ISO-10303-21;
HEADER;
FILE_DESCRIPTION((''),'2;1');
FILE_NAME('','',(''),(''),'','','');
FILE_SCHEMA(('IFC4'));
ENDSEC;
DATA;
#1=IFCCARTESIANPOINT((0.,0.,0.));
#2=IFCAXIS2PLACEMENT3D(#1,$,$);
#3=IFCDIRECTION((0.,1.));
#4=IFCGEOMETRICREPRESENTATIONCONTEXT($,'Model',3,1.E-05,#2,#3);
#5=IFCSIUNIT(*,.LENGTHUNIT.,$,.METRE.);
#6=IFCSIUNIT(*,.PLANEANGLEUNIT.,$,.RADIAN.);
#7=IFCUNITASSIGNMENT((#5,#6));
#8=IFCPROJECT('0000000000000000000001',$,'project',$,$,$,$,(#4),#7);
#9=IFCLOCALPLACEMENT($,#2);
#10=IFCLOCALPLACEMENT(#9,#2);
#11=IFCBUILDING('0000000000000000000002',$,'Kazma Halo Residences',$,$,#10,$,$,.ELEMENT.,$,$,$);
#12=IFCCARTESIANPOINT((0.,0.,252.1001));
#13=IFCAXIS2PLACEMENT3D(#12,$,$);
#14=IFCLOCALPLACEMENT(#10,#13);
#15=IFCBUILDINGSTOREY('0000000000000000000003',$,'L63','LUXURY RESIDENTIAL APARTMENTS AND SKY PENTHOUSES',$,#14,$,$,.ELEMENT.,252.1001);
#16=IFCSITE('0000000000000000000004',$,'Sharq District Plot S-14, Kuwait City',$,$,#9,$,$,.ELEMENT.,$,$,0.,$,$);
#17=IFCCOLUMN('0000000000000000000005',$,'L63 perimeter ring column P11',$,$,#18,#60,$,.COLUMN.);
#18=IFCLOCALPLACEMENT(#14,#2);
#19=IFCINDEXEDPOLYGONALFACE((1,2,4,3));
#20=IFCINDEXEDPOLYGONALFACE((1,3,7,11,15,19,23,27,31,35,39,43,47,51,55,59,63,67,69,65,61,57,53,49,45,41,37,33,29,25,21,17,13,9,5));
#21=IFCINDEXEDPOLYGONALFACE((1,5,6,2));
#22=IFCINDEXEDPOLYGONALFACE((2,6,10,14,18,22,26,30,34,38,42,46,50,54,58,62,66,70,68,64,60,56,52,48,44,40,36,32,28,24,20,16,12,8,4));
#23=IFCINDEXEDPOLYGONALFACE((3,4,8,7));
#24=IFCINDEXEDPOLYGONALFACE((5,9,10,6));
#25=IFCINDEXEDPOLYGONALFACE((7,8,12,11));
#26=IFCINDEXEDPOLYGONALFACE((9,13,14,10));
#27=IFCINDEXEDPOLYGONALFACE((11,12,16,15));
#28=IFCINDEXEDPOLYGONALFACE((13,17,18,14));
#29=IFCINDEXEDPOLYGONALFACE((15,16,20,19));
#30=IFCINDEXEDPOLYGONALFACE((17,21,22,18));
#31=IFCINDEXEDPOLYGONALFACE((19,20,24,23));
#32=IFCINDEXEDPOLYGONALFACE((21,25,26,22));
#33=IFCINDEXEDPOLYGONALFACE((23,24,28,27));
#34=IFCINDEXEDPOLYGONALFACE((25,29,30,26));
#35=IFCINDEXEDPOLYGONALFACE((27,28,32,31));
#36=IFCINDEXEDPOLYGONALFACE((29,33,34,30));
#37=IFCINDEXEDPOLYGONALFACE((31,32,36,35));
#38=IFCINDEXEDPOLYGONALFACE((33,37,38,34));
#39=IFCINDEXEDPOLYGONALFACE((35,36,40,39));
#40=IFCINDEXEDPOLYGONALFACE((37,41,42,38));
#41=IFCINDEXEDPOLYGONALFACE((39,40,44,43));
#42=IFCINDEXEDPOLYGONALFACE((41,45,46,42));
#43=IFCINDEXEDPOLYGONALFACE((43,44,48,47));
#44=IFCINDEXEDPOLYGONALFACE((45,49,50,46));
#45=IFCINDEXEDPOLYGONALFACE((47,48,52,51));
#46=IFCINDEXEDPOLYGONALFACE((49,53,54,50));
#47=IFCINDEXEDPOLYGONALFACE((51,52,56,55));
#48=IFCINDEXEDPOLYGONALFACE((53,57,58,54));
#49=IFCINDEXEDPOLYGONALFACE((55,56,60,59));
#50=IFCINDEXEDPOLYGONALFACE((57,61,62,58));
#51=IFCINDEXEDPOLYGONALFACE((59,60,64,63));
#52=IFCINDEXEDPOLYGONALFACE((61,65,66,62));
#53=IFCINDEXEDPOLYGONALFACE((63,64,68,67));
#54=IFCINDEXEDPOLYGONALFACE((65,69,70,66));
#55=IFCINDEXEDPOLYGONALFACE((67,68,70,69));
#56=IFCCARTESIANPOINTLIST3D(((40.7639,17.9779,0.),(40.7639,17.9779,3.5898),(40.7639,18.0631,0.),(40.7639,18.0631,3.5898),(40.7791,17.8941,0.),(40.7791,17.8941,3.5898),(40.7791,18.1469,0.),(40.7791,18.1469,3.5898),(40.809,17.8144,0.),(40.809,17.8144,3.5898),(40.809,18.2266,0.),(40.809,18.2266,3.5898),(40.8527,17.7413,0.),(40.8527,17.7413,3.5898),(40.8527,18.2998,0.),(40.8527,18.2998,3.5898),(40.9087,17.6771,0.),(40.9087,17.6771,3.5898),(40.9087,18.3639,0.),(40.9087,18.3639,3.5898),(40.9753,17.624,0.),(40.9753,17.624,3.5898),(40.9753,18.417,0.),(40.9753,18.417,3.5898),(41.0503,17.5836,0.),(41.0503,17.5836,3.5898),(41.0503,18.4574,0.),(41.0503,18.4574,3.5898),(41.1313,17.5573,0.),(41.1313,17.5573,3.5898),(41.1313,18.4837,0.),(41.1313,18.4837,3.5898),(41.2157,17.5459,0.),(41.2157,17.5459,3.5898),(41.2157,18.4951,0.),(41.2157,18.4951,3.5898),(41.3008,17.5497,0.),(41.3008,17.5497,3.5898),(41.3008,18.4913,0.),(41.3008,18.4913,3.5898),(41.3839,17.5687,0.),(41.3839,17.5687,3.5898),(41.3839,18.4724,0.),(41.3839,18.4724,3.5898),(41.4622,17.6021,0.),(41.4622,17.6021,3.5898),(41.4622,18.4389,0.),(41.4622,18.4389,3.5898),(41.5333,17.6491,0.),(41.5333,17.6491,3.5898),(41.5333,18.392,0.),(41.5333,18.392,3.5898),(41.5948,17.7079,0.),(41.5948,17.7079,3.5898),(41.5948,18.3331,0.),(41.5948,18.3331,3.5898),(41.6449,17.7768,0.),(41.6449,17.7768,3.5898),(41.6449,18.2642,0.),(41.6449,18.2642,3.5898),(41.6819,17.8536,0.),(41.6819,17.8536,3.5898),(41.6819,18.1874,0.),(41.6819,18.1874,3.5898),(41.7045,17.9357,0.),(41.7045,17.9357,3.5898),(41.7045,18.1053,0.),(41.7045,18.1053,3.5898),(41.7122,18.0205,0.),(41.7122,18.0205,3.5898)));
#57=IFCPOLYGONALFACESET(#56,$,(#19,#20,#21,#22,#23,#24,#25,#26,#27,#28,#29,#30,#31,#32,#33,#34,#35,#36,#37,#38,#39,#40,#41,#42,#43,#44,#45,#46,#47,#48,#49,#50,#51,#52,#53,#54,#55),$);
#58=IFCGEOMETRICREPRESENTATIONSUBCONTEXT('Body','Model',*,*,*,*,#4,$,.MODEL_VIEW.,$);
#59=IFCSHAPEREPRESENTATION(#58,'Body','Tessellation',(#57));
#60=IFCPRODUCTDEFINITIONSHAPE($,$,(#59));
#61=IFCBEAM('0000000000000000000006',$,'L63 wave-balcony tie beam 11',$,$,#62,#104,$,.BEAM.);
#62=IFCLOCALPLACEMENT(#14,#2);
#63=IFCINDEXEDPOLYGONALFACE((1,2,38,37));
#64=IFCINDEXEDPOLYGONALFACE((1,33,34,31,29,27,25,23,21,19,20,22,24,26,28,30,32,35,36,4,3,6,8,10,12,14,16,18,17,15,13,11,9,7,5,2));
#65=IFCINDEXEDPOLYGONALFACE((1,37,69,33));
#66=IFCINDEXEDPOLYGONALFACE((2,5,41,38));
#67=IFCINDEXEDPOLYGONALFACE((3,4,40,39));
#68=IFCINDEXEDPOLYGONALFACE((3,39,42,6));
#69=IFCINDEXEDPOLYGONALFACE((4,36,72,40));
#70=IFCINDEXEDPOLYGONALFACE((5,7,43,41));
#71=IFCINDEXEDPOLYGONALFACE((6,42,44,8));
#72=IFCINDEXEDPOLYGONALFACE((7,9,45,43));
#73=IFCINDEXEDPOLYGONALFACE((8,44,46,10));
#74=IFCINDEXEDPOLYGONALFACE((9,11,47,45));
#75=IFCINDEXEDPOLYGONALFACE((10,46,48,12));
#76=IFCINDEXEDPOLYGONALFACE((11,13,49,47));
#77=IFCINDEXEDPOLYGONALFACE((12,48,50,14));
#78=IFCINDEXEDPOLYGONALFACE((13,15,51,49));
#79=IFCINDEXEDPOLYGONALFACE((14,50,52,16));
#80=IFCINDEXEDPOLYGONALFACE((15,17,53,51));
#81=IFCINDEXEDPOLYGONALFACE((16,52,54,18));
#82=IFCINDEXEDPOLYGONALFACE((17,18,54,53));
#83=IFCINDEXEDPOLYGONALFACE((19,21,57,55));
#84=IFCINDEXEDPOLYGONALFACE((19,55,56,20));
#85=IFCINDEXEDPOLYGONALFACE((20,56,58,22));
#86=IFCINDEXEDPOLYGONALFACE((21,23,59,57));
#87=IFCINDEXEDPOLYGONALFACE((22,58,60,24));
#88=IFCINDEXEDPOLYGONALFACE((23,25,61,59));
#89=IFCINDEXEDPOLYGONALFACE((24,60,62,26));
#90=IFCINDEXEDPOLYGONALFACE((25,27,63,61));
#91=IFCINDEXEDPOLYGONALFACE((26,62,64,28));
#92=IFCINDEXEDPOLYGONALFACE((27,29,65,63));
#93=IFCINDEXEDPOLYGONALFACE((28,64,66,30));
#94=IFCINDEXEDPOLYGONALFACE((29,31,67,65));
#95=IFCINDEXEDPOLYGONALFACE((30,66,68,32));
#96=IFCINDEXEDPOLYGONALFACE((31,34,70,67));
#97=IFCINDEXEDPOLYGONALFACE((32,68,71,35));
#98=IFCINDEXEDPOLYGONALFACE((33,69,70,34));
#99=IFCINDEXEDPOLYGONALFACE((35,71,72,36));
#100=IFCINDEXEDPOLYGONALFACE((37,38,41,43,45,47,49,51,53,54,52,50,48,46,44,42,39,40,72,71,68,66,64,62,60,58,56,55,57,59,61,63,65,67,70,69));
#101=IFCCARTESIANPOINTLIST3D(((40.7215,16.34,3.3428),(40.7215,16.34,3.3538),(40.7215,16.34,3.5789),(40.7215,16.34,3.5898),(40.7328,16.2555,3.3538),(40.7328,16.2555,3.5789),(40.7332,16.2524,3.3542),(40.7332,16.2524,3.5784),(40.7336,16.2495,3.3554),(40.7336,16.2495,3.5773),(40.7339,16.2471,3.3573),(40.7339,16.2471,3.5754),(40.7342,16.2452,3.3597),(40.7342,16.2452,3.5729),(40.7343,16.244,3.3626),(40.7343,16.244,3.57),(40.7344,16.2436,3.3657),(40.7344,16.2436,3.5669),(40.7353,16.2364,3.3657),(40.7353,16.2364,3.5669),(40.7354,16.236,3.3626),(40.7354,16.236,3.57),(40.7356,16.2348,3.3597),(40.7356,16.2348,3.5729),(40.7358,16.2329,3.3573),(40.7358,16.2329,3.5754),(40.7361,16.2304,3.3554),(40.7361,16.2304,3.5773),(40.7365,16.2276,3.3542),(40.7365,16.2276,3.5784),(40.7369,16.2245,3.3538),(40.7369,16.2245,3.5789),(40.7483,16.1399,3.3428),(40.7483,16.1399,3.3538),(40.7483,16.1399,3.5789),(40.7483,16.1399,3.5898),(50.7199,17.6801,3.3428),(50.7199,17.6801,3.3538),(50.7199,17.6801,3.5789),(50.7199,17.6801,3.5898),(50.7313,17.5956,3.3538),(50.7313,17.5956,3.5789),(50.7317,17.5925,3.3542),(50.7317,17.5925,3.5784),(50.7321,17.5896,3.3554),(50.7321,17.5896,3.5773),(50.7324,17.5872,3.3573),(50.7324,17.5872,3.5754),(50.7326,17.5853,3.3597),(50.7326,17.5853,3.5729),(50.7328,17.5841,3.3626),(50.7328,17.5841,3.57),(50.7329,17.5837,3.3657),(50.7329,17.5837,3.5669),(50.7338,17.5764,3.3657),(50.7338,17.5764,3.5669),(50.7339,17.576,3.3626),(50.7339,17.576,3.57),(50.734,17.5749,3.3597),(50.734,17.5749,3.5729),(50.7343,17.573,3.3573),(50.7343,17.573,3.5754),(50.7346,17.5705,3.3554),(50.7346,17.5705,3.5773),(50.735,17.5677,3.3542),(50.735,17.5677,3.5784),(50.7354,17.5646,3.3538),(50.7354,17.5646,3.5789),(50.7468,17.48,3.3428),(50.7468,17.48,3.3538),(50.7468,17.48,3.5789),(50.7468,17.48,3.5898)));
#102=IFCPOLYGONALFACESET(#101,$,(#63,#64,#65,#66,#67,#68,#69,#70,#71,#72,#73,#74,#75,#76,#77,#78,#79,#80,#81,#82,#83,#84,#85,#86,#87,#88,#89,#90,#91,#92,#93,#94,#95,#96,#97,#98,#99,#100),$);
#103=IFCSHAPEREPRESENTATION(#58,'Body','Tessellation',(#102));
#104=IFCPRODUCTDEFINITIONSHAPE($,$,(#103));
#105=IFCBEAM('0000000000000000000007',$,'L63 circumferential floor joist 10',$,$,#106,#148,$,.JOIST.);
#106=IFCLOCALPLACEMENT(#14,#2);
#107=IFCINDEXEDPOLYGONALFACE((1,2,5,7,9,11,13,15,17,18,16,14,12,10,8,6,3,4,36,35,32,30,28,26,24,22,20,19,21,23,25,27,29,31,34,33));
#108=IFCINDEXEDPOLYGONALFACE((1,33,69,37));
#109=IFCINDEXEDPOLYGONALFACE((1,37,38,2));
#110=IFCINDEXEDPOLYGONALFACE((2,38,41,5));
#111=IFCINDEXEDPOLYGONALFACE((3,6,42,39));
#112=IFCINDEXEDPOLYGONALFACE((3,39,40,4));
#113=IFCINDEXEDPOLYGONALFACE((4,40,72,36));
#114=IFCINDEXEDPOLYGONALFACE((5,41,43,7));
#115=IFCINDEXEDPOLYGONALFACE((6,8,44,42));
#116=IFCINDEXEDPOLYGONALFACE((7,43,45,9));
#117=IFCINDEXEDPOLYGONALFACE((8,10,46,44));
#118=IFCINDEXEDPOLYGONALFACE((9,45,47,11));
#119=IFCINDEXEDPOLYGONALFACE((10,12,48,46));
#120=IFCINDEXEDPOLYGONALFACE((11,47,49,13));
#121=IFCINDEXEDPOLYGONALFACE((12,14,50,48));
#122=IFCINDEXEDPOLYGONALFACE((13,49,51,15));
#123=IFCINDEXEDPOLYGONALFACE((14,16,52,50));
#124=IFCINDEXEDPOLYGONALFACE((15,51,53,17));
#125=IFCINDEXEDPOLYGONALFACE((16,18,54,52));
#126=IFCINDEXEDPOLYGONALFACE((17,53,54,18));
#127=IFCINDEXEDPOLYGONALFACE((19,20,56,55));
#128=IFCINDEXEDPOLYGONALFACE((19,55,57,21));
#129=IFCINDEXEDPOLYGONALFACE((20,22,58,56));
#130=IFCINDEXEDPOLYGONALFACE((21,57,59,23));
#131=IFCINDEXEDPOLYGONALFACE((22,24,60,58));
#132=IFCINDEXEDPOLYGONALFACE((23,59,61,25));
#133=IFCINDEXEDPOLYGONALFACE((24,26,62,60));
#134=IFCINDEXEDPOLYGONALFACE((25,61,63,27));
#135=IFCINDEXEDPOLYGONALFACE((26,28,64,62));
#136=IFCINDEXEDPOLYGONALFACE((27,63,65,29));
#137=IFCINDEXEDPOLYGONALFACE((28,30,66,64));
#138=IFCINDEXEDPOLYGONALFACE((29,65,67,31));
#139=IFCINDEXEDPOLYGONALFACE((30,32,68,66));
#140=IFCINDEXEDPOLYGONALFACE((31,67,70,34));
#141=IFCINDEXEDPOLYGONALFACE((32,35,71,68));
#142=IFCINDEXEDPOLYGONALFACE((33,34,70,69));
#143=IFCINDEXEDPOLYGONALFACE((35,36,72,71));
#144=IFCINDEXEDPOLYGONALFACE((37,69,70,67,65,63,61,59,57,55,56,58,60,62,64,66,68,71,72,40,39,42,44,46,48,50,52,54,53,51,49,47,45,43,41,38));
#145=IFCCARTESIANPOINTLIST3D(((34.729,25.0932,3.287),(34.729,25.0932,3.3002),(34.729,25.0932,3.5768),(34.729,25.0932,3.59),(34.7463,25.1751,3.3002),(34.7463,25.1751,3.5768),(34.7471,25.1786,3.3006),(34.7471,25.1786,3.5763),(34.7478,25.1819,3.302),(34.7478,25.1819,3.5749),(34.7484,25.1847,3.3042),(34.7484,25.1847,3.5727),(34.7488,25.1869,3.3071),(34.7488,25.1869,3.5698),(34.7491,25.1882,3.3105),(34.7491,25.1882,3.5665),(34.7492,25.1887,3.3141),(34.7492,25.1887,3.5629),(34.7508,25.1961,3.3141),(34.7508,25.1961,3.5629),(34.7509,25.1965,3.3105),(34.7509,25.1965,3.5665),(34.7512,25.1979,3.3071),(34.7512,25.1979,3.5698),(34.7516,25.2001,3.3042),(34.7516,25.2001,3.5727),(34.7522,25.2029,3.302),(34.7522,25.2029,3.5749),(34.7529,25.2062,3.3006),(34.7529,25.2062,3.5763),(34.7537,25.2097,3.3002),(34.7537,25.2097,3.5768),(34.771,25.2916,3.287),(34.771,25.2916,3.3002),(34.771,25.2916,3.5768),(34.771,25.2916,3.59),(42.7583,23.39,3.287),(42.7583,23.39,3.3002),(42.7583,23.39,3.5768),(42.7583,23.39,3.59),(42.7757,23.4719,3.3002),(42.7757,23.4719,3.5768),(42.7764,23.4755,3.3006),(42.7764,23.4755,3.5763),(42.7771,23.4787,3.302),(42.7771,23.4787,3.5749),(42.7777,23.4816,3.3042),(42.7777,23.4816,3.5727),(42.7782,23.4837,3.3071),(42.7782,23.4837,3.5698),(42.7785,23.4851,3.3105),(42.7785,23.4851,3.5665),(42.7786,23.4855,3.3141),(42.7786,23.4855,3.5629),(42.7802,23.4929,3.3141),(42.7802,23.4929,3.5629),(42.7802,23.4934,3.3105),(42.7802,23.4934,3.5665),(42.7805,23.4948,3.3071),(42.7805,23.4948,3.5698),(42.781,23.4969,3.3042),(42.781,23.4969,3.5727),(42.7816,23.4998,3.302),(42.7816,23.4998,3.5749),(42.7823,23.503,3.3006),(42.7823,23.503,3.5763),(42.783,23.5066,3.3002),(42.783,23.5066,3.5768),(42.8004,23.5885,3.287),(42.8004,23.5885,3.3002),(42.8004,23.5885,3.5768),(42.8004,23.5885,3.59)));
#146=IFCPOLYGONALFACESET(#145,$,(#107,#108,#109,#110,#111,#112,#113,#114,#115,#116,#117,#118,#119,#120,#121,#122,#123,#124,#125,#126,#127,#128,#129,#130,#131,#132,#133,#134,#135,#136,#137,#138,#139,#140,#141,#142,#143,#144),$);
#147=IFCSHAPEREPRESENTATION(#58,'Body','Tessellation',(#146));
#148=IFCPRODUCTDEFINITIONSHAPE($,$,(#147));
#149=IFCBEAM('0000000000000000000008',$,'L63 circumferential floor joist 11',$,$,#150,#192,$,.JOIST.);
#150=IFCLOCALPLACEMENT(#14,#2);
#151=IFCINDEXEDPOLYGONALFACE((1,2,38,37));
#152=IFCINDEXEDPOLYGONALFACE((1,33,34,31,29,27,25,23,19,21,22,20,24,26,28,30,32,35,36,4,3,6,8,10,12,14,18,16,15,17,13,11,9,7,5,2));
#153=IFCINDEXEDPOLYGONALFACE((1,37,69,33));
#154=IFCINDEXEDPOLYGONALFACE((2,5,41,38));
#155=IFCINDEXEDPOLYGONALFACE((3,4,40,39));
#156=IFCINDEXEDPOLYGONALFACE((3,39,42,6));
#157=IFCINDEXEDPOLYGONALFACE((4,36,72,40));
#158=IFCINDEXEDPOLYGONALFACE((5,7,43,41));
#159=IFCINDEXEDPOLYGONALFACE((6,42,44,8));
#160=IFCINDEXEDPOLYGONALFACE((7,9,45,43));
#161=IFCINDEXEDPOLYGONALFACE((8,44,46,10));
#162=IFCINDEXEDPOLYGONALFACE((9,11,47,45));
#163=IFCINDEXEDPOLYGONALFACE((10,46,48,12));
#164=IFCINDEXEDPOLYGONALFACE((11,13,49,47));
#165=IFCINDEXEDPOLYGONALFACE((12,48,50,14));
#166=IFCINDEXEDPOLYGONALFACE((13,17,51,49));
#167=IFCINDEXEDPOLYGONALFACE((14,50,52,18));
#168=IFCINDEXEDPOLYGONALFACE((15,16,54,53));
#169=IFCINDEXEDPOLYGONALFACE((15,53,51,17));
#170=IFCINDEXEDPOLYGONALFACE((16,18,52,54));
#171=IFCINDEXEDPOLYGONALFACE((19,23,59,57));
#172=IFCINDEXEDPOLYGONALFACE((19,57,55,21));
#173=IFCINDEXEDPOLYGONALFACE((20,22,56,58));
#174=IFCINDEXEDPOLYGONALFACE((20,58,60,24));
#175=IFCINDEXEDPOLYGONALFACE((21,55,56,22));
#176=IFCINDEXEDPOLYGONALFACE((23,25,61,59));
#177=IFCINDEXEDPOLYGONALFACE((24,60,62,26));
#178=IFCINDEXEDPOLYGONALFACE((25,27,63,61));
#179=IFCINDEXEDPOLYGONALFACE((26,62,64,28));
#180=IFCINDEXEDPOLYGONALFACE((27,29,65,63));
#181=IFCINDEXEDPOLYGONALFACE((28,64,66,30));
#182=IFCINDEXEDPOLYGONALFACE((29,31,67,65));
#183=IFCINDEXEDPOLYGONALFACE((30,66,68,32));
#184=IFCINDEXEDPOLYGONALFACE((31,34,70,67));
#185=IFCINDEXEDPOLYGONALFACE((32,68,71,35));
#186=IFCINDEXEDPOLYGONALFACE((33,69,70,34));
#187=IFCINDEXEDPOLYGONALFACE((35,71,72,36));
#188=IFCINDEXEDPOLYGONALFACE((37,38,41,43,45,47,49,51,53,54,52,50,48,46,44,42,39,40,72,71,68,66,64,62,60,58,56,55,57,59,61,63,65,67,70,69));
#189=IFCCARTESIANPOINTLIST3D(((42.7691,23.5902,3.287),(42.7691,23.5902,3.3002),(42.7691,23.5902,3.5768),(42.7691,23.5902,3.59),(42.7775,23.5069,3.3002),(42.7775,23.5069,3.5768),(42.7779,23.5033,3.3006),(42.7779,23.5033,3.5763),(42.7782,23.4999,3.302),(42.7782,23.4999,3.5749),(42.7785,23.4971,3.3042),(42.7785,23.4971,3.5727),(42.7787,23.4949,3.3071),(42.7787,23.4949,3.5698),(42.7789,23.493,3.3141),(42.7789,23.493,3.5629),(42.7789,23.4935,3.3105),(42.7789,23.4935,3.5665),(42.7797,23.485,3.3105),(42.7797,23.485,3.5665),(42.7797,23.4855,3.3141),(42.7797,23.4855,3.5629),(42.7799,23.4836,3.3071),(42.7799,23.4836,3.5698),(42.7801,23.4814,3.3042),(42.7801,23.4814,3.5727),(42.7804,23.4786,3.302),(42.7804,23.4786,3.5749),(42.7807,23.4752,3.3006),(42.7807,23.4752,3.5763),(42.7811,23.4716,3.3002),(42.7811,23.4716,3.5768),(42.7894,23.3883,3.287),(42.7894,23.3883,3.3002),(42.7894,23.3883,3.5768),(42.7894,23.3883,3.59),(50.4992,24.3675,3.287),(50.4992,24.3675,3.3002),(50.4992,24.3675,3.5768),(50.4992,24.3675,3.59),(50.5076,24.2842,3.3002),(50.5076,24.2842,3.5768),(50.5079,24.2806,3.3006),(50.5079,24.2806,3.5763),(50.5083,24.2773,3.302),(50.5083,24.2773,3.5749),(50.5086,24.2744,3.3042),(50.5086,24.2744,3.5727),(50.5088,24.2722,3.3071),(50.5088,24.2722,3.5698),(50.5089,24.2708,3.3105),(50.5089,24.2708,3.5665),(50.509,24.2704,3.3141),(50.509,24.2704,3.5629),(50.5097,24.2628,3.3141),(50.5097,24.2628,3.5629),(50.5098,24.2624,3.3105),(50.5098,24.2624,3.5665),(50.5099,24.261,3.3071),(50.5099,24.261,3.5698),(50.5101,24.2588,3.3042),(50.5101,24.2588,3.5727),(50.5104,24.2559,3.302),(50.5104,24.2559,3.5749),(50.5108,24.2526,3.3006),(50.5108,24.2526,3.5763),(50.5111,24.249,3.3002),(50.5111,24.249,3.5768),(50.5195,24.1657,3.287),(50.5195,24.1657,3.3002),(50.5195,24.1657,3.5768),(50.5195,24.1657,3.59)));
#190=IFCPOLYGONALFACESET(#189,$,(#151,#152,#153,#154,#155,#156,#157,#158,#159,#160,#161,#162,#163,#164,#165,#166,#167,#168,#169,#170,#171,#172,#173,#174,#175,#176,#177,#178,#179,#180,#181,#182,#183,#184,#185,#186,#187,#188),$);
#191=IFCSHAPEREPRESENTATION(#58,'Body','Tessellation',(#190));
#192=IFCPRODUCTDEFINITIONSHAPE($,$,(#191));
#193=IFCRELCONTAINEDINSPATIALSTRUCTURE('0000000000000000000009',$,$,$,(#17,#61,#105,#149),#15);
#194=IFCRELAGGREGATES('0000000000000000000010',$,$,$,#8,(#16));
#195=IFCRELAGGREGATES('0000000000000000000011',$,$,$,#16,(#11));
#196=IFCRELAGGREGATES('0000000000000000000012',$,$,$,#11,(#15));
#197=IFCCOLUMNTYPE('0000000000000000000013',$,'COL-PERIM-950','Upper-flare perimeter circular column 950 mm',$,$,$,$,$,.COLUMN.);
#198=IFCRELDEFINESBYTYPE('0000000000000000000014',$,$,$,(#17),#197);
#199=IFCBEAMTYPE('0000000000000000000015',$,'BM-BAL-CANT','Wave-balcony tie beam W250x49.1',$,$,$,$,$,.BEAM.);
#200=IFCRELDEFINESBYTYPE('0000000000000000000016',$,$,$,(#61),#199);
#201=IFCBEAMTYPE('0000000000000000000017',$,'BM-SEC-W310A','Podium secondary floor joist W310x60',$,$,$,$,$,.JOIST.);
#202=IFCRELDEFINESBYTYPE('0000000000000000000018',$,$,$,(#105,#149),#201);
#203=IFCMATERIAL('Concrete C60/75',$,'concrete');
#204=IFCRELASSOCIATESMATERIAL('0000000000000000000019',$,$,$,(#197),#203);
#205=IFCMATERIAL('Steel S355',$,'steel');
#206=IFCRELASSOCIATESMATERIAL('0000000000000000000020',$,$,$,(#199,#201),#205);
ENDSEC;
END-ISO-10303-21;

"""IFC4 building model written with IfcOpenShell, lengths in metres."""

from ifc_helpers import new_model, si_unit, direction, frame, origin, origin_2d, place, context, subcontext, project, spatial, circle, i_section, extrude, material, material_profile, profile_set, type_object, element, save


model = new_model("IFC4")

# Units and contexts
model_context = context("Model", 3, precision=1e-05, world=origin(), true_north=direction((0.0, 1.0)))
body_context = subcontext(model_context, "Body", "Model", "MODEL_VIEW")
ifc_project = project(units=[si_unit("LENGTHUNIT", "METRE"), si_unit("PLANEANGLEUNIT", "RADIAN")], contexts=[model_context])

# Site, building, storey
site_placement = place(None, origin())
site = spatial("IfcSite", under=ifc_project, at=site_placement, Name="Sharq District Plot S-14, Kuwait City", CompositionType="ELEMENT", RefElevation=0.0)
building_placement = place(site_placement, origin())
building = spatial("IfcBuilding", under=site, at=building_placement, Name="Kazma Halo Residences", CompositionType="ELEMENT")
storey_placement = place(building_placement, frame((0.0, 0.0, 252.1001)))
storey = spatial("IfcBuildingStorey", under=building, at=storey_placement, Name="L63", Description="LUXURY RESIDENTIAL APARTMENTS AND SKY PENTHOUSES", CompositionType="ELEMENT", Elevation=252.1001)

# Column
ifc_material_1 = material(Name="Concrete C60/75", Category="concrete")
ifc_material_profile_1 = material_profile(ifc_material_1, circle(Radius=0.4751, at=origin_2d()), Name="CIRC950")
ifc_profile_set_1 = profile_set([ifc_material_profile_1], Name="Concrete C60/75")
column_type = type_object("IfcColumnType", Name="COL-PERIM-950", Description="Upper-flare perimeter circular column 950 mm", PredefinedType="COLUMN", material=ifc_profile_set_1)
column_placement = place(storey_placement, frame((41.2371, 18.0205, 0.0), z_axis=(0.0, 0.0, 1.0), x_axis=(1.0, 0.0, 0.0)))
element("IfcColumn", 1, at=column_placement, inside=storey, type_object=column_type, Name="L63 perimeter ring column P11", PredefinedType="COLUMN", context=body_context, shape_type="SweptSolid", body=[
    extrude(circle(Radius=0.4751, at=origin_2d()), origin(), (0.0, 0.0, 1.0), 3.5898),
])

# Beams
ifc_material_2 = material(Name="Steel S355", Category="steel")
ifc_material_profile_2 = material_profile(ifc_material_2, i_section(OverallWidth=0.2019, OverallDepth=0.2471, WebThickness=0.0073, FlangeThickness=0.011, FilletRadius=0.012, at=origin_2d()), Name="W250x49.1")
ifc_profile_set_2 = profile_set([ifc_material_profile_2], Name="Steel S355")
beam_type_1 = type_object("IfcBeamType", Name="BM-BAL-CANT", Description="Wave-balcony tie beam W250x49.1", PredefinedType="BEAM", material=ifc_profile_set_2)
beam_1_placement = place(storey_placement, frame((40.7349, 16.24, 3.4663), z_axis=(0.991137, 0.132841, 0.0), x_axis=(-0.132841, 0.991137, 0.0)))
element("IfcBeam", 2, at=beam_1_placement, inside=storey, type_object=beam_type_1, Name="L63 wave-balcony tie beam 11", PredefinedType="BEAM", context=body_context, shape_type="SweptSolid", body=[
    extrude(i_section(OverallWidth=0.2019, OverallDepth=0.2471, WebThickness=0.0073, FlangeThickness=0.011, FilletRadius=0.012, at=origin_2d()), origin(), (0.0, 0.0, 1.0), 10.0879),
])
ifc_material_profile_3 = material_profile(ifc_material_2, i_section(OverallWidth=0.2029, OverallDepth=0.303, WebThickness=0.0076, FlangeThickness=0.0132, FilletRadius=0.0139, at=origin_2d()), Name="W310x60")
ifc_profile_set_3 = profile_set([ifc_material_profile_3], Name="Steel S355")
beam_type_2 = type_object("IfcBeamType", Name="BM-SEC-W310A", Description="Podium secondary floor joist W310x60", PredefinedType="JOIST", material=ifc_profile_set_3)
beam_2_placement = place(storey_placement, frame((34.75, 25.1924, 3.4385), z_axis=(0.978236, -0.207497, 0.0), x_axis=(0.207497, 0.978236, 0.0)))
element("IfcBeam", 3, at=beam_2_placement, inside=storey, type_object=beam_type_2, Name="L63 circumferential floor joist 10", PredefinedType="JOIST", context=body_context, shape_type="SweptSolid", body=[
    extrude(i_section(OverallWidth=0.2029, OverallDepth=0.303, WebThickness=0.0076, FlangeThickness=0.0132, FilletRadius=0.0139, at=origin_2d()), origin(), (0.0, 0.0, 1.0), 8.208),
])
beam_3_placement = place(storey_placement, frame((42.7793, 23.4893, 3.4385), z_axis=(0.994982, 0.100058, 0.0), x_axis=(-0.100058, 0.994982, 0.0)))
element("IfcBeam", 4, at=beam_3_placement, inside=storey, type_object=beam_type_2, Name="L63 circumferential floor joist 11", PredefinedType="JOIST", context=body_context, shape_type="SweptSolid", body=[
    extrude(i_section(OverallWidth=0.2029, OverallDepth=0.303, WebThickness=0.0076, FlangeThickness=0.0132, FilletRadius=0.0139, at=origin_2d()), origin(), (0.0, 0.0, 1.0), 7.769),
])

save(model, "model.ifc")
